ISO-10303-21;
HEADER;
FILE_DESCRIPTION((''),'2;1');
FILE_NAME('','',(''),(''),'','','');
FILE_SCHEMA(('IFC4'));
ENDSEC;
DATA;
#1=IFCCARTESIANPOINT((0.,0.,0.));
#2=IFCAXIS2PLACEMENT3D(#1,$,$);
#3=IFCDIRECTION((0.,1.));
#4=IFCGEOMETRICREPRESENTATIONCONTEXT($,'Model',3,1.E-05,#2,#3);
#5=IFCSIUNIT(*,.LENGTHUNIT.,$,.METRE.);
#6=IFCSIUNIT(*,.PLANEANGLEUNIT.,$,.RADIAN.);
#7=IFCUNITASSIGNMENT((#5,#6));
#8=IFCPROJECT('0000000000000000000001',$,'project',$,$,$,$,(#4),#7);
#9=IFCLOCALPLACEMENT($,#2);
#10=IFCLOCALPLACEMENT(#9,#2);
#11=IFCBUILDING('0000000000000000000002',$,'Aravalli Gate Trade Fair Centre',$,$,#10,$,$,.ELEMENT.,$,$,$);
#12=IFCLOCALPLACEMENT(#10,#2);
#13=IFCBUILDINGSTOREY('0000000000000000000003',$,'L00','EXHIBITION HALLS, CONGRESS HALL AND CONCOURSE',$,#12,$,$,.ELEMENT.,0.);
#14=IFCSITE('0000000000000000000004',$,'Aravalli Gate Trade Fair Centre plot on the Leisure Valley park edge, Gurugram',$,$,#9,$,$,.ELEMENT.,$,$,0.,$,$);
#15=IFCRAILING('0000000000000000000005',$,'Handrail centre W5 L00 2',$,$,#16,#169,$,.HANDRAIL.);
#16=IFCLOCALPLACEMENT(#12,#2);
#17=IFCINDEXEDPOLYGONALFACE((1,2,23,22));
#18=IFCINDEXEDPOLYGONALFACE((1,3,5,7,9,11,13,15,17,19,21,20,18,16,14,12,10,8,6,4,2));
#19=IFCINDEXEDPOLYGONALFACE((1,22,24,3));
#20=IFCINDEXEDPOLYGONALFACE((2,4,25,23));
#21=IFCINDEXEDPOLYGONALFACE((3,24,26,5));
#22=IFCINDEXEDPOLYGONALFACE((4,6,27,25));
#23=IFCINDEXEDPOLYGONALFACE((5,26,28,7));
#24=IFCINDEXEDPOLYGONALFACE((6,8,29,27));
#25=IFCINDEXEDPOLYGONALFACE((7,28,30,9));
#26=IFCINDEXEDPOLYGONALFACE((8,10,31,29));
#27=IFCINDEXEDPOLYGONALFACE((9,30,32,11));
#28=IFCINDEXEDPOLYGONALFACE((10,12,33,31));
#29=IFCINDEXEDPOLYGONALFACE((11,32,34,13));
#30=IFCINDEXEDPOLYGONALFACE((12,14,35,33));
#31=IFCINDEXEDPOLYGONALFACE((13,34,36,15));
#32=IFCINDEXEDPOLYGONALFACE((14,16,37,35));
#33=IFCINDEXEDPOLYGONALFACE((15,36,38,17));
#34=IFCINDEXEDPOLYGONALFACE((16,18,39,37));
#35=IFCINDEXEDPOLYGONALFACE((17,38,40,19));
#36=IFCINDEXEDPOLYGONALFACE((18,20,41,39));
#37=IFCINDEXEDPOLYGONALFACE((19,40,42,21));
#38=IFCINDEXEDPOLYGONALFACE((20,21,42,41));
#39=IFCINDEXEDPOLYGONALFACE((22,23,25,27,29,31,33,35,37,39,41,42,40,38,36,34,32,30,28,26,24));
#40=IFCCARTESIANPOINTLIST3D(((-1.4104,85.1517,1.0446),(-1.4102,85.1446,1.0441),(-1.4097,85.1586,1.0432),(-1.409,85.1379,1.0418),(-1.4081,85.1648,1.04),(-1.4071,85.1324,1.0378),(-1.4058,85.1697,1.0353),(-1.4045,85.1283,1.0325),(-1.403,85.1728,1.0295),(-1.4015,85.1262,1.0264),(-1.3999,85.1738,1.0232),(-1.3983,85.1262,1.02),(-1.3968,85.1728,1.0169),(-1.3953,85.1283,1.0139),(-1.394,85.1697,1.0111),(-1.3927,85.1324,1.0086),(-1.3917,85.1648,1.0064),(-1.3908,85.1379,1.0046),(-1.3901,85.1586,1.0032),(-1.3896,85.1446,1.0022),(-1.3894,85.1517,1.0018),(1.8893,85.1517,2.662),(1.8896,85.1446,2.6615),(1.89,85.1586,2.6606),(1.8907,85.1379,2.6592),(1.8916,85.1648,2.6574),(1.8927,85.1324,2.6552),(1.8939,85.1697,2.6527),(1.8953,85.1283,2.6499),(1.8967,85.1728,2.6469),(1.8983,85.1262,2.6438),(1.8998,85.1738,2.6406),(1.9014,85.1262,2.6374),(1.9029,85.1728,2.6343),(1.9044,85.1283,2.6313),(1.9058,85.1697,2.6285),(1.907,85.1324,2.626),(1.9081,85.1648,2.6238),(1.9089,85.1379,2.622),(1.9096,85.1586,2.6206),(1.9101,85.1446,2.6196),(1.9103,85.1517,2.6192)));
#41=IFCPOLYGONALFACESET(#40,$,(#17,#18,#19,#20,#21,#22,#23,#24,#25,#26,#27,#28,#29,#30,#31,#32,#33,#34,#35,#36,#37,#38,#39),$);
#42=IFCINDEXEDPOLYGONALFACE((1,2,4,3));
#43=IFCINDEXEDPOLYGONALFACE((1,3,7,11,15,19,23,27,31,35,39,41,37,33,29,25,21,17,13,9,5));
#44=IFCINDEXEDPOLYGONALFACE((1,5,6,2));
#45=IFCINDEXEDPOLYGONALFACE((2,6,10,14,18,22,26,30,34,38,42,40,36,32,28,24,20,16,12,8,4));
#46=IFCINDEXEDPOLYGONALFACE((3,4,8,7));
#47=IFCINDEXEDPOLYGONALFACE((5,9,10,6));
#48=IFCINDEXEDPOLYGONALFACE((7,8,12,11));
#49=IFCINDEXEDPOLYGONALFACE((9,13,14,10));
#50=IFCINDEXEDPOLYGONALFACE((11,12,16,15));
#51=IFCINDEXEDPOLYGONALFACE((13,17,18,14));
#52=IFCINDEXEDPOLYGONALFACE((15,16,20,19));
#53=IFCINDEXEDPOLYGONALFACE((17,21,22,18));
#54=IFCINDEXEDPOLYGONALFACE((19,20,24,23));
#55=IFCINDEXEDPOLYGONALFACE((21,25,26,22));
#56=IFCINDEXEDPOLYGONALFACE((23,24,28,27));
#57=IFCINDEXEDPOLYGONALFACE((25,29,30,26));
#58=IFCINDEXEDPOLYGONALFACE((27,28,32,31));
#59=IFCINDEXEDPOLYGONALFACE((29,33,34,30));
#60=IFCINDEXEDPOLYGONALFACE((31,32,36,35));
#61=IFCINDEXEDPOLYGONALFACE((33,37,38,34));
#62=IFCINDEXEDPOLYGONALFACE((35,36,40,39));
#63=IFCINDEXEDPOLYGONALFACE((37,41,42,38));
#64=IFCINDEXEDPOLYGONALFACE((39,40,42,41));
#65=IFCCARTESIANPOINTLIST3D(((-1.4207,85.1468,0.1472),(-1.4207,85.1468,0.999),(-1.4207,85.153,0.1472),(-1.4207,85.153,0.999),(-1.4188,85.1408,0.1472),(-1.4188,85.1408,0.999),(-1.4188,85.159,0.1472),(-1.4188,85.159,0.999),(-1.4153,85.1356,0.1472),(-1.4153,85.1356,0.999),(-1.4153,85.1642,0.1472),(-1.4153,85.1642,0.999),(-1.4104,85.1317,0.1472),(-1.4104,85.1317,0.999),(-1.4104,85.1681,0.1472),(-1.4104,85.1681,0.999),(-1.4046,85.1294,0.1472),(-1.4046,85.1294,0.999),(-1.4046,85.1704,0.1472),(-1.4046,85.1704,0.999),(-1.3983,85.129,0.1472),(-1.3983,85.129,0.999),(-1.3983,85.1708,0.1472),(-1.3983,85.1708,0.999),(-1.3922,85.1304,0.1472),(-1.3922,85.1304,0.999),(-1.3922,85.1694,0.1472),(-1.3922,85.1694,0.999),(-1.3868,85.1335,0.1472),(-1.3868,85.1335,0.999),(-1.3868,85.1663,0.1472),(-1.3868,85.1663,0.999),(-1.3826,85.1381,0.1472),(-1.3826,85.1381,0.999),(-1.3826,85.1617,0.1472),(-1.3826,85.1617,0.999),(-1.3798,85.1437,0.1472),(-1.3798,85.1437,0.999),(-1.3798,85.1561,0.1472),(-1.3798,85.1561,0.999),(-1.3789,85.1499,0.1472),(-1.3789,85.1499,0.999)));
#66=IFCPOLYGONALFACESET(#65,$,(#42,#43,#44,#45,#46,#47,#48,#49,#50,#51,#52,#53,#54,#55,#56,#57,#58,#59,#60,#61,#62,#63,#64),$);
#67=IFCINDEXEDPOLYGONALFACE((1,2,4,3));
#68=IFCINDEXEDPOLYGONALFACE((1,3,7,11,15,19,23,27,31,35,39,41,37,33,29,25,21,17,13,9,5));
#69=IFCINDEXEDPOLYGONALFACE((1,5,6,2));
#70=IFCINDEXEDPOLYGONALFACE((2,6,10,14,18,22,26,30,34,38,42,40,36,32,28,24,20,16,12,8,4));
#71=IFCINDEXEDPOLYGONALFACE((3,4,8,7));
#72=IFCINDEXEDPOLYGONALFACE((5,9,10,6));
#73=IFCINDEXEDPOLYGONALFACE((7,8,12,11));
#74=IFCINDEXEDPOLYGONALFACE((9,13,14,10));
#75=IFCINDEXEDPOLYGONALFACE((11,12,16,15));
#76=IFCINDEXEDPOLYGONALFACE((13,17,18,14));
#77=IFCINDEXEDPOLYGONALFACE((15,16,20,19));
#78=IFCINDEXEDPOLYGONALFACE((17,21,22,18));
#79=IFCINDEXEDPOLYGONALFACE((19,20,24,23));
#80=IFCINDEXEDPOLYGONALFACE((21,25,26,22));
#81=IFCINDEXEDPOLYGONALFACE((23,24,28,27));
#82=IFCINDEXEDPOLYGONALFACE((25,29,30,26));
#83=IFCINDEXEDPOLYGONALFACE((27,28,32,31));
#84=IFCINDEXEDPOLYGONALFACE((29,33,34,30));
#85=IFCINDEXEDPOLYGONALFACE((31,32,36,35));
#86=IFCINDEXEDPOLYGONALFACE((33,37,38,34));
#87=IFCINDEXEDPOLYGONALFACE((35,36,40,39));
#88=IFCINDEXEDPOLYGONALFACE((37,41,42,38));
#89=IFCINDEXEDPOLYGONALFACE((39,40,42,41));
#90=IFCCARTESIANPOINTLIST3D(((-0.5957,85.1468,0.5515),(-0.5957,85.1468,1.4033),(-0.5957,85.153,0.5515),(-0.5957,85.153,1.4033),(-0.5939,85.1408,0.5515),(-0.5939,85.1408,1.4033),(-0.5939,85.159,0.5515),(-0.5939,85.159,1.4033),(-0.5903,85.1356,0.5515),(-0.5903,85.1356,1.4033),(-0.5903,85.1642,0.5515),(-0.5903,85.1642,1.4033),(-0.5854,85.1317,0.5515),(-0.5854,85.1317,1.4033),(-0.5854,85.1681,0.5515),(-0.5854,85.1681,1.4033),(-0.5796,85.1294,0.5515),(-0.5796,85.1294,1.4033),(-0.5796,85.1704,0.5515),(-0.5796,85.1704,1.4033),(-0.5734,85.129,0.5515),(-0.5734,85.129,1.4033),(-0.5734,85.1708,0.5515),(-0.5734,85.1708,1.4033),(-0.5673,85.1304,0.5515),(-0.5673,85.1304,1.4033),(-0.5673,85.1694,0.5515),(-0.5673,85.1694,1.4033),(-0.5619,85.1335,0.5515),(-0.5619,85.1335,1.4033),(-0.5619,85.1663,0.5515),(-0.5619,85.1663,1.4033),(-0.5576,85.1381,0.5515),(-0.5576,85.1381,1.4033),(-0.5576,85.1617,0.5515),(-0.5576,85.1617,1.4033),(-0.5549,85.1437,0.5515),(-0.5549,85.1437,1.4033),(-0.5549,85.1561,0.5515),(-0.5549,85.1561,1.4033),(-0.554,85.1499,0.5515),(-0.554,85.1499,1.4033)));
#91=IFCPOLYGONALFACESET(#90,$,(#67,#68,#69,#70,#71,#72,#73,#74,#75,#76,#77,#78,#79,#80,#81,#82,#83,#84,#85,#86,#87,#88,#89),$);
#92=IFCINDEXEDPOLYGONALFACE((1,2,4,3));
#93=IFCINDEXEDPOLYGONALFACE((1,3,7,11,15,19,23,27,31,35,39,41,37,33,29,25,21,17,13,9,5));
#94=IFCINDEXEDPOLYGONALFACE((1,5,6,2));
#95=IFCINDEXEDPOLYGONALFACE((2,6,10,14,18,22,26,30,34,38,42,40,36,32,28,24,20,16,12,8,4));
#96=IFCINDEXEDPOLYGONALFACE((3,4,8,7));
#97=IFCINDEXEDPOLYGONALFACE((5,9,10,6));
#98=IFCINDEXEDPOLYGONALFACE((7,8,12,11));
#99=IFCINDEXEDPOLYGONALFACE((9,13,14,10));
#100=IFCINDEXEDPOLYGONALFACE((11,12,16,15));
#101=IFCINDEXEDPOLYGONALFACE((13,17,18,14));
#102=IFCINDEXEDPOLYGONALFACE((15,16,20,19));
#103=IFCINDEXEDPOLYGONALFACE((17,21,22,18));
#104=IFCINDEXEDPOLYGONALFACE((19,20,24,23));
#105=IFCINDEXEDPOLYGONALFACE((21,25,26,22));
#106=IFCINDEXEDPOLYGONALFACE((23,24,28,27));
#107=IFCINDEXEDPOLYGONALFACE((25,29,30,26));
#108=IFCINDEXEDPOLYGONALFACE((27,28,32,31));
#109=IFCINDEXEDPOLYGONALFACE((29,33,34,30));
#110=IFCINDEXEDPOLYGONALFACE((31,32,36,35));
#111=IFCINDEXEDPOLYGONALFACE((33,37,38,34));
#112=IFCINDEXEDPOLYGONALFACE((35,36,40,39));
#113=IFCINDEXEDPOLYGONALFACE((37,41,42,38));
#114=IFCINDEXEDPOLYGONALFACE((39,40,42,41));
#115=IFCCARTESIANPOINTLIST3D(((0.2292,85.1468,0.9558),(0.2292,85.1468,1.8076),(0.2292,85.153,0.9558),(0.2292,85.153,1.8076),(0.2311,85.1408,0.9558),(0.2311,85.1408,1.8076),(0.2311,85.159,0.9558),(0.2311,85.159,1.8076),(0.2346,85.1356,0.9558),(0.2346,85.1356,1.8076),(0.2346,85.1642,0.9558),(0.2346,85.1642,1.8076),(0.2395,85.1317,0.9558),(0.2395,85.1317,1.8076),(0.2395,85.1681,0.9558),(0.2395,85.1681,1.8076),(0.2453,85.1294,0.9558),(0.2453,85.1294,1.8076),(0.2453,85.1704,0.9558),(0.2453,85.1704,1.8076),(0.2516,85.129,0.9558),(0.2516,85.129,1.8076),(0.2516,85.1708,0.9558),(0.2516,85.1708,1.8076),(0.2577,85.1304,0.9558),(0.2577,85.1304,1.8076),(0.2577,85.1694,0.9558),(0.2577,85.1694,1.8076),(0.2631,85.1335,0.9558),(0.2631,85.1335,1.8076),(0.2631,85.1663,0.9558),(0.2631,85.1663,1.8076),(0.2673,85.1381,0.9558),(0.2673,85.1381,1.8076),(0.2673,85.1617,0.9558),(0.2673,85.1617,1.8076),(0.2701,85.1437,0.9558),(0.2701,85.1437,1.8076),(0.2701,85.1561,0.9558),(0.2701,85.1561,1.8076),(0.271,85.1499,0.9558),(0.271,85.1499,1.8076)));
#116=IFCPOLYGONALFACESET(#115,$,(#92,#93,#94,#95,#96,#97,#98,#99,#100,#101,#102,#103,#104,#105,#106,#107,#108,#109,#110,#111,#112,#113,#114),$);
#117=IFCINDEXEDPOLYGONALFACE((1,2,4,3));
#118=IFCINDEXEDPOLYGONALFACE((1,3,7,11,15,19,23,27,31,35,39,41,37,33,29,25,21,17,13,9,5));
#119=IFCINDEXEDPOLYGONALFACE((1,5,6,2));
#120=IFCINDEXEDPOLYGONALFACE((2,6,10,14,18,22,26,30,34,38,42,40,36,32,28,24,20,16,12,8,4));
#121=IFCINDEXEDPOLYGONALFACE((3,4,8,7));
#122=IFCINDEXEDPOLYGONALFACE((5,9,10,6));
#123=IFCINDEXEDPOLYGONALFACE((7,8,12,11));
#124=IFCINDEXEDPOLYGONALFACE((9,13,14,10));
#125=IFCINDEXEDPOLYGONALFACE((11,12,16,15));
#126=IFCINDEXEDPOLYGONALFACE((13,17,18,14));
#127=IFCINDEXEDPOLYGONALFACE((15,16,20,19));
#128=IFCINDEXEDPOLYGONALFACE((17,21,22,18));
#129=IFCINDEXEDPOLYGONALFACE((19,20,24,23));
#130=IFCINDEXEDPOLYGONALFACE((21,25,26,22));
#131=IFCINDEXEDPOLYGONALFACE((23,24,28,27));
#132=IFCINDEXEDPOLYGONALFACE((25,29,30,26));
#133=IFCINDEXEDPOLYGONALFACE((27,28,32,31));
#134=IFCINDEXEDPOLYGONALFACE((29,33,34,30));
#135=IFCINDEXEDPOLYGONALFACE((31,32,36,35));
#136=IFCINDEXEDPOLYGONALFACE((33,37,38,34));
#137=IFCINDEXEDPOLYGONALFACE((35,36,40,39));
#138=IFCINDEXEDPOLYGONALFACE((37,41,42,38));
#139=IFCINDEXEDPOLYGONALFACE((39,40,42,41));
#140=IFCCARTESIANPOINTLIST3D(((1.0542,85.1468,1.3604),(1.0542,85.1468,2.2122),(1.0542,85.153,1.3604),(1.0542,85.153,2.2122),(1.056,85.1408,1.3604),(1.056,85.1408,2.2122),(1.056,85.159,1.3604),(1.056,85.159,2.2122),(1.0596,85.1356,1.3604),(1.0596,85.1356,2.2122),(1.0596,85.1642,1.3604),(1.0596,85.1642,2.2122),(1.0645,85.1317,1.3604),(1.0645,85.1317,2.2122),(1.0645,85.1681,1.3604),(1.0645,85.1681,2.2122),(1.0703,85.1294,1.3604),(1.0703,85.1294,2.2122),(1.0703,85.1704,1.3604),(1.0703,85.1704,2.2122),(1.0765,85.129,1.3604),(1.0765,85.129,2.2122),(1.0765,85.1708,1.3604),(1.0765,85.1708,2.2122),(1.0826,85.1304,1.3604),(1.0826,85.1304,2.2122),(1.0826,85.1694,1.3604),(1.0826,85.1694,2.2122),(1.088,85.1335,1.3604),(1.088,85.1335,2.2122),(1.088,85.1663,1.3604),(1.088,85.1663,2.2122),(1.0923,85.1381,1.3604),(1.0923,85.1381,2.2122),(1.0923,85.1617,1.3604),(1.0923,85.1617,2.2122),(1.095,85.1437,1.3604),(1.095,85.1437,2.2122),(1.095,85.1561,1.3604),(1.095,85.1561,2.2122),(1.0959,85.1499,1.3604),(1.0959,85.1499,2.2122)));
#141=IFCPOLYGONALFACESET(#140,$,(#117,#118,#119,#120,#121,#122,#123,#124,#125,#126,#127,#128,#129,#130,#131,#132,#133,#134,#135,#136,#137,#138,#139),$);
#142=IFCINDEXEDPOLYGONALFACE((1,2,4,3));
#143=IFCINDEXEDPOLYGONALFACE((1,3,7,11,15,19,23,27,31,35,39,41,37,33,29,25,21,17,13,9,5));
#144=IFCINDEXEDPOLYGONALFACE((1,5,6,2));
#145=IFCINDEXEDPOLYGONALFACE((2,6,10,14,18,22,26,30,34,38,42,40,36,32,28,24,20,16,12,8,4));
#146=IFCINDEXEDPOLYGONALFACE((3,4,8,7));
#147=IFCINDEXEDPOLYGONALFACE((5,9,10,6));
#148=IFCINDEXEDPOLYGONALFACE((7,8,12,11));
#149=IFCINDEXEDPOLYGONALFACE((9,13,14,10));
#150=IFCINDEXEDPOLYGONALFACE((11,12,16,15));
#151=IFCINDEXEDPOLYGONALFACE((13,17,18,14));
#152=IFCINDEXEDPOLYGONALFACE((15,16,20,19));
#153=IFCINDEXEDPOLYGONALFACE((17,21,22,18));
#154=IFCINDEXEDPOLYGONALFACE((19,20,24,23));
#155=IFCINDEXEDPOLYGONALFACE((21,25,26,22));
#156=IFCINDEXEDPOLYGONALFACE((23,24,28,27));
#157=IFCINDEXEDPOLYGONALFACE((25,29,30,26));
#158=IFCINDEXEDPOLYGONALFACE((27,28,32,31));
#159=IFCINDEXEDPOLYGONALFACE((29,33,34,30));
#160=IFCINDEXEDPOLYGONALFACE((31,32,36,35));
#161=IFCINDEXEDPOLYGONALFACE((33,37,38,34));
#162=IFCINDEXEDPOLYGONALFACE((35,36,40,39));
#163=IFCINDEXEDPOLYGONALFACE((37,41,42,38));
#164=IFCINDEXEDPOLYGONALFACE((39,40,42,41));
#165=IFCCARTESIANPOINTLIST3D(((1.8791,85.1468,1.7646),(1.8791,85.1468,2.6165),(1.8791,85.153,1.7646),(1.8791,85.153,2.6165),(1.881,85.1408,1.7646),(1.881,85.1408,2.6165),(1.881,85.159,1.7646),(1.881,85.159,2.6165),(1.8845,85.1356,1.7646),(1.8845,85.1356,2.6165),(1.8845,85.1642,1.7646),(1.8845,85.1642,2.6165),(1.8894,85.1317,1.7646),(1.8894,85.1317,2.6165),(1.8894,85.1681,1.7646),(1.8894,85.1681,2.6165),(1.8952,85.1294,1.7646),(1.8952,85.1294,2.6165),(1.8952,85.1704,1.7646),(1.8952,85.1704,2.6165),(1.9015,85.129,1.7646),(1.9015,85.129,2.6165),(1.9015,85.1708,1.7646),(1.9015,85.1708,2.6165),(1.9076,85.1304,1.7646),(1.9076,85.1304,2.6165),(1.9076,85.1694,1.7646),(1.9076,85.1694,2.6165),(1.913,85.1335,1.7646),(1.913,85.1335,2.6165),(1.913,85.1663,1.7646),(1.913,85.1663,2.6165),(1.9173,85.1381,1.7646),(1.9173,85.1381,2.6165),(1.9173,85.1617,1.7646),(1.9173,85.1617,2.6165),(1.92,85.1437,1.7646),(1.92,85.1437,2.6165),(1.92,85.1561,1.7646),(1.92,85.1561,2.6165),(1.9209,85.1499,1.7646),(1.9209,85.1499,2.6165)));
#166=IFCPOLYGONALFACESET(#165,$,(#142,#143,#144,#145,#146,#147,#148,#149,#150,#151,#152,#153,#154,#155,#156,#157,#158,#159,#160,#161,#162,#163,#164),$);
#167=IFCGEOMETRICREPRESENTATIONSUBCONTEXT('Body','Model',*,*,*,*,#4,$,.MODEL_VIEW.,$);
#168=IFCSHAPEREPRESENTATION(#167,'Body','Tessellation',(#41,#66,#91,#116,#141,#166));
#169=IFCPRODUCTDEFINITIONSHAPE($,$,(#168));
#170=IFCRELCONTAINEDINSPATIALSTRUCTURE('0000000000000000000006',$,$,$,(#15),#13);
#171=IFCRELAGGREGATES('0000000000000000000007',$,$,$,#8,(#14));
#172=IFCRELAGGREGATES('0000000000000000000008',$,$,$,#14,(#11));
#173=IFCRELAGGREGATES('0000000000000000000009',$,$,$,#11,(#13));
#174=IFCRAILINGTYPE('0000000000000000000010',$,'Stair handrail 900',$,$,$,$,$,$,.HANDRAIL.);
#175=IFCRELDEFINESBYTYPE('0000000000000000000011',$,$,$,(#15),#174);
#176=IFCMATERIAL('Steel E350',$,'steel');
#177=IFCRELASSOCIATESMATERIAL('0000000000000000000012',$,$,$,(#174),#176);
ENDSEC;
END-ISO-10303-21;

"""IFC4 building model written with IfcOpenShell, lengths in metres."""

from ifc_helpers import new_model, si_unit, direction, frame, origin, origin_2d, place, context, subcontext, project, spatial, circle, extrude, material, type_object, element, save


model = new_model("IFC4")

# Units and contexts
model_context = context("Model", 3, precision=1e-05, world=origin(), true_north=direction((0.0, 1.0)))
body_context = subcontext(model_context, "Body", "Model", "MODEL_VIEW")
ifc_project = project(units=[si_unit("LENGTHUNIT", "METRE"), si_unit("PLANEANGLEUNIT", "RADIAN")], contexts=[model_context])

# Site, building, storey
site_placement = place(None, origin())
site = spatial("IfcSite", under=ifc_project, at=site_placement, Name="Aravalli Gate Trade Fair Centre plot on the Leisure Valley park edge, Gurugram", CompositionType="ELEMENT", RefElevation=0.0)
building_placement = place(site_placement, origin())
building = spatial("IfcBuilding", under=site, at=building_placement, Name="Aravalli Gate Trade Fair Centre", CompositionType="ELEMENT")
storey_placement = place(building_placement, origin())
storey = spatial("IfcBuildingStorey", under=building, at=storey_placement, Name="L00", Description="EXHIBITION HALLS, CONGRESS HALL AND CONCOURSE", CompositionType="ELEMENT", Elevation=0.0)

# Railing
ifc_material_1 = material(Name="Steel E350", Category="steel")
railing_type = type_object("IfcRailingType", Name="Stair handrail 900", PredefinedType="HANDRAIL", material=ifc_material_1)
for number, where, name in (
    (1, (-1.3999, 85.1499, 0.1472), "Handrail centre W5 L00 2"),
):
    element("IfcRailing", number, at=place(storey_placement, frame(where)), inside=storey, type_object=railing_type, Name=name, PredefinedType="HANDRAIL", context=body_context, shape_type="SweptSolid", body=[
        extrude(circle(Radius=0.0239, at=origin_2d()), frame((0.0, 0.0, 0.876), z_axis=(0.897934, 0.0, 0.440131), x_axis=(0.0, 1.0, 0.0)), (0.0, 0.0, 1.0), 3.6748),
        extrude(circle(Radius=0.021, at=origin_2d()), origin(), (0.0, 0.0, 1.0), 0.8518),
        extrude(circle(Radius=0.021, at=origin_2d()), frame((0.825, 0.0, 0.4043)), (0.0, 0.0, 1.0), 0.8518),
        extrude(circle(Radius=0.021, at=origin_2d()), frame((1.6499, 0.0, 0.8086)), (0.0, 0.0, 1.0), 0.8518),
        extrude(circle(Radius=0.021, at=origin_2d()), frame((2.4749, 0.0, 1.2131)), (0.0, 0.0, 1.0), 0.8518),
        extrude(circle(Radius=0.021, at=origin_2d()), frame((3.2998, 0.0, 1.6174)), (0.0, 0.0, 1.0), 0.8518),
    ])

save(model, "model.ifc")
